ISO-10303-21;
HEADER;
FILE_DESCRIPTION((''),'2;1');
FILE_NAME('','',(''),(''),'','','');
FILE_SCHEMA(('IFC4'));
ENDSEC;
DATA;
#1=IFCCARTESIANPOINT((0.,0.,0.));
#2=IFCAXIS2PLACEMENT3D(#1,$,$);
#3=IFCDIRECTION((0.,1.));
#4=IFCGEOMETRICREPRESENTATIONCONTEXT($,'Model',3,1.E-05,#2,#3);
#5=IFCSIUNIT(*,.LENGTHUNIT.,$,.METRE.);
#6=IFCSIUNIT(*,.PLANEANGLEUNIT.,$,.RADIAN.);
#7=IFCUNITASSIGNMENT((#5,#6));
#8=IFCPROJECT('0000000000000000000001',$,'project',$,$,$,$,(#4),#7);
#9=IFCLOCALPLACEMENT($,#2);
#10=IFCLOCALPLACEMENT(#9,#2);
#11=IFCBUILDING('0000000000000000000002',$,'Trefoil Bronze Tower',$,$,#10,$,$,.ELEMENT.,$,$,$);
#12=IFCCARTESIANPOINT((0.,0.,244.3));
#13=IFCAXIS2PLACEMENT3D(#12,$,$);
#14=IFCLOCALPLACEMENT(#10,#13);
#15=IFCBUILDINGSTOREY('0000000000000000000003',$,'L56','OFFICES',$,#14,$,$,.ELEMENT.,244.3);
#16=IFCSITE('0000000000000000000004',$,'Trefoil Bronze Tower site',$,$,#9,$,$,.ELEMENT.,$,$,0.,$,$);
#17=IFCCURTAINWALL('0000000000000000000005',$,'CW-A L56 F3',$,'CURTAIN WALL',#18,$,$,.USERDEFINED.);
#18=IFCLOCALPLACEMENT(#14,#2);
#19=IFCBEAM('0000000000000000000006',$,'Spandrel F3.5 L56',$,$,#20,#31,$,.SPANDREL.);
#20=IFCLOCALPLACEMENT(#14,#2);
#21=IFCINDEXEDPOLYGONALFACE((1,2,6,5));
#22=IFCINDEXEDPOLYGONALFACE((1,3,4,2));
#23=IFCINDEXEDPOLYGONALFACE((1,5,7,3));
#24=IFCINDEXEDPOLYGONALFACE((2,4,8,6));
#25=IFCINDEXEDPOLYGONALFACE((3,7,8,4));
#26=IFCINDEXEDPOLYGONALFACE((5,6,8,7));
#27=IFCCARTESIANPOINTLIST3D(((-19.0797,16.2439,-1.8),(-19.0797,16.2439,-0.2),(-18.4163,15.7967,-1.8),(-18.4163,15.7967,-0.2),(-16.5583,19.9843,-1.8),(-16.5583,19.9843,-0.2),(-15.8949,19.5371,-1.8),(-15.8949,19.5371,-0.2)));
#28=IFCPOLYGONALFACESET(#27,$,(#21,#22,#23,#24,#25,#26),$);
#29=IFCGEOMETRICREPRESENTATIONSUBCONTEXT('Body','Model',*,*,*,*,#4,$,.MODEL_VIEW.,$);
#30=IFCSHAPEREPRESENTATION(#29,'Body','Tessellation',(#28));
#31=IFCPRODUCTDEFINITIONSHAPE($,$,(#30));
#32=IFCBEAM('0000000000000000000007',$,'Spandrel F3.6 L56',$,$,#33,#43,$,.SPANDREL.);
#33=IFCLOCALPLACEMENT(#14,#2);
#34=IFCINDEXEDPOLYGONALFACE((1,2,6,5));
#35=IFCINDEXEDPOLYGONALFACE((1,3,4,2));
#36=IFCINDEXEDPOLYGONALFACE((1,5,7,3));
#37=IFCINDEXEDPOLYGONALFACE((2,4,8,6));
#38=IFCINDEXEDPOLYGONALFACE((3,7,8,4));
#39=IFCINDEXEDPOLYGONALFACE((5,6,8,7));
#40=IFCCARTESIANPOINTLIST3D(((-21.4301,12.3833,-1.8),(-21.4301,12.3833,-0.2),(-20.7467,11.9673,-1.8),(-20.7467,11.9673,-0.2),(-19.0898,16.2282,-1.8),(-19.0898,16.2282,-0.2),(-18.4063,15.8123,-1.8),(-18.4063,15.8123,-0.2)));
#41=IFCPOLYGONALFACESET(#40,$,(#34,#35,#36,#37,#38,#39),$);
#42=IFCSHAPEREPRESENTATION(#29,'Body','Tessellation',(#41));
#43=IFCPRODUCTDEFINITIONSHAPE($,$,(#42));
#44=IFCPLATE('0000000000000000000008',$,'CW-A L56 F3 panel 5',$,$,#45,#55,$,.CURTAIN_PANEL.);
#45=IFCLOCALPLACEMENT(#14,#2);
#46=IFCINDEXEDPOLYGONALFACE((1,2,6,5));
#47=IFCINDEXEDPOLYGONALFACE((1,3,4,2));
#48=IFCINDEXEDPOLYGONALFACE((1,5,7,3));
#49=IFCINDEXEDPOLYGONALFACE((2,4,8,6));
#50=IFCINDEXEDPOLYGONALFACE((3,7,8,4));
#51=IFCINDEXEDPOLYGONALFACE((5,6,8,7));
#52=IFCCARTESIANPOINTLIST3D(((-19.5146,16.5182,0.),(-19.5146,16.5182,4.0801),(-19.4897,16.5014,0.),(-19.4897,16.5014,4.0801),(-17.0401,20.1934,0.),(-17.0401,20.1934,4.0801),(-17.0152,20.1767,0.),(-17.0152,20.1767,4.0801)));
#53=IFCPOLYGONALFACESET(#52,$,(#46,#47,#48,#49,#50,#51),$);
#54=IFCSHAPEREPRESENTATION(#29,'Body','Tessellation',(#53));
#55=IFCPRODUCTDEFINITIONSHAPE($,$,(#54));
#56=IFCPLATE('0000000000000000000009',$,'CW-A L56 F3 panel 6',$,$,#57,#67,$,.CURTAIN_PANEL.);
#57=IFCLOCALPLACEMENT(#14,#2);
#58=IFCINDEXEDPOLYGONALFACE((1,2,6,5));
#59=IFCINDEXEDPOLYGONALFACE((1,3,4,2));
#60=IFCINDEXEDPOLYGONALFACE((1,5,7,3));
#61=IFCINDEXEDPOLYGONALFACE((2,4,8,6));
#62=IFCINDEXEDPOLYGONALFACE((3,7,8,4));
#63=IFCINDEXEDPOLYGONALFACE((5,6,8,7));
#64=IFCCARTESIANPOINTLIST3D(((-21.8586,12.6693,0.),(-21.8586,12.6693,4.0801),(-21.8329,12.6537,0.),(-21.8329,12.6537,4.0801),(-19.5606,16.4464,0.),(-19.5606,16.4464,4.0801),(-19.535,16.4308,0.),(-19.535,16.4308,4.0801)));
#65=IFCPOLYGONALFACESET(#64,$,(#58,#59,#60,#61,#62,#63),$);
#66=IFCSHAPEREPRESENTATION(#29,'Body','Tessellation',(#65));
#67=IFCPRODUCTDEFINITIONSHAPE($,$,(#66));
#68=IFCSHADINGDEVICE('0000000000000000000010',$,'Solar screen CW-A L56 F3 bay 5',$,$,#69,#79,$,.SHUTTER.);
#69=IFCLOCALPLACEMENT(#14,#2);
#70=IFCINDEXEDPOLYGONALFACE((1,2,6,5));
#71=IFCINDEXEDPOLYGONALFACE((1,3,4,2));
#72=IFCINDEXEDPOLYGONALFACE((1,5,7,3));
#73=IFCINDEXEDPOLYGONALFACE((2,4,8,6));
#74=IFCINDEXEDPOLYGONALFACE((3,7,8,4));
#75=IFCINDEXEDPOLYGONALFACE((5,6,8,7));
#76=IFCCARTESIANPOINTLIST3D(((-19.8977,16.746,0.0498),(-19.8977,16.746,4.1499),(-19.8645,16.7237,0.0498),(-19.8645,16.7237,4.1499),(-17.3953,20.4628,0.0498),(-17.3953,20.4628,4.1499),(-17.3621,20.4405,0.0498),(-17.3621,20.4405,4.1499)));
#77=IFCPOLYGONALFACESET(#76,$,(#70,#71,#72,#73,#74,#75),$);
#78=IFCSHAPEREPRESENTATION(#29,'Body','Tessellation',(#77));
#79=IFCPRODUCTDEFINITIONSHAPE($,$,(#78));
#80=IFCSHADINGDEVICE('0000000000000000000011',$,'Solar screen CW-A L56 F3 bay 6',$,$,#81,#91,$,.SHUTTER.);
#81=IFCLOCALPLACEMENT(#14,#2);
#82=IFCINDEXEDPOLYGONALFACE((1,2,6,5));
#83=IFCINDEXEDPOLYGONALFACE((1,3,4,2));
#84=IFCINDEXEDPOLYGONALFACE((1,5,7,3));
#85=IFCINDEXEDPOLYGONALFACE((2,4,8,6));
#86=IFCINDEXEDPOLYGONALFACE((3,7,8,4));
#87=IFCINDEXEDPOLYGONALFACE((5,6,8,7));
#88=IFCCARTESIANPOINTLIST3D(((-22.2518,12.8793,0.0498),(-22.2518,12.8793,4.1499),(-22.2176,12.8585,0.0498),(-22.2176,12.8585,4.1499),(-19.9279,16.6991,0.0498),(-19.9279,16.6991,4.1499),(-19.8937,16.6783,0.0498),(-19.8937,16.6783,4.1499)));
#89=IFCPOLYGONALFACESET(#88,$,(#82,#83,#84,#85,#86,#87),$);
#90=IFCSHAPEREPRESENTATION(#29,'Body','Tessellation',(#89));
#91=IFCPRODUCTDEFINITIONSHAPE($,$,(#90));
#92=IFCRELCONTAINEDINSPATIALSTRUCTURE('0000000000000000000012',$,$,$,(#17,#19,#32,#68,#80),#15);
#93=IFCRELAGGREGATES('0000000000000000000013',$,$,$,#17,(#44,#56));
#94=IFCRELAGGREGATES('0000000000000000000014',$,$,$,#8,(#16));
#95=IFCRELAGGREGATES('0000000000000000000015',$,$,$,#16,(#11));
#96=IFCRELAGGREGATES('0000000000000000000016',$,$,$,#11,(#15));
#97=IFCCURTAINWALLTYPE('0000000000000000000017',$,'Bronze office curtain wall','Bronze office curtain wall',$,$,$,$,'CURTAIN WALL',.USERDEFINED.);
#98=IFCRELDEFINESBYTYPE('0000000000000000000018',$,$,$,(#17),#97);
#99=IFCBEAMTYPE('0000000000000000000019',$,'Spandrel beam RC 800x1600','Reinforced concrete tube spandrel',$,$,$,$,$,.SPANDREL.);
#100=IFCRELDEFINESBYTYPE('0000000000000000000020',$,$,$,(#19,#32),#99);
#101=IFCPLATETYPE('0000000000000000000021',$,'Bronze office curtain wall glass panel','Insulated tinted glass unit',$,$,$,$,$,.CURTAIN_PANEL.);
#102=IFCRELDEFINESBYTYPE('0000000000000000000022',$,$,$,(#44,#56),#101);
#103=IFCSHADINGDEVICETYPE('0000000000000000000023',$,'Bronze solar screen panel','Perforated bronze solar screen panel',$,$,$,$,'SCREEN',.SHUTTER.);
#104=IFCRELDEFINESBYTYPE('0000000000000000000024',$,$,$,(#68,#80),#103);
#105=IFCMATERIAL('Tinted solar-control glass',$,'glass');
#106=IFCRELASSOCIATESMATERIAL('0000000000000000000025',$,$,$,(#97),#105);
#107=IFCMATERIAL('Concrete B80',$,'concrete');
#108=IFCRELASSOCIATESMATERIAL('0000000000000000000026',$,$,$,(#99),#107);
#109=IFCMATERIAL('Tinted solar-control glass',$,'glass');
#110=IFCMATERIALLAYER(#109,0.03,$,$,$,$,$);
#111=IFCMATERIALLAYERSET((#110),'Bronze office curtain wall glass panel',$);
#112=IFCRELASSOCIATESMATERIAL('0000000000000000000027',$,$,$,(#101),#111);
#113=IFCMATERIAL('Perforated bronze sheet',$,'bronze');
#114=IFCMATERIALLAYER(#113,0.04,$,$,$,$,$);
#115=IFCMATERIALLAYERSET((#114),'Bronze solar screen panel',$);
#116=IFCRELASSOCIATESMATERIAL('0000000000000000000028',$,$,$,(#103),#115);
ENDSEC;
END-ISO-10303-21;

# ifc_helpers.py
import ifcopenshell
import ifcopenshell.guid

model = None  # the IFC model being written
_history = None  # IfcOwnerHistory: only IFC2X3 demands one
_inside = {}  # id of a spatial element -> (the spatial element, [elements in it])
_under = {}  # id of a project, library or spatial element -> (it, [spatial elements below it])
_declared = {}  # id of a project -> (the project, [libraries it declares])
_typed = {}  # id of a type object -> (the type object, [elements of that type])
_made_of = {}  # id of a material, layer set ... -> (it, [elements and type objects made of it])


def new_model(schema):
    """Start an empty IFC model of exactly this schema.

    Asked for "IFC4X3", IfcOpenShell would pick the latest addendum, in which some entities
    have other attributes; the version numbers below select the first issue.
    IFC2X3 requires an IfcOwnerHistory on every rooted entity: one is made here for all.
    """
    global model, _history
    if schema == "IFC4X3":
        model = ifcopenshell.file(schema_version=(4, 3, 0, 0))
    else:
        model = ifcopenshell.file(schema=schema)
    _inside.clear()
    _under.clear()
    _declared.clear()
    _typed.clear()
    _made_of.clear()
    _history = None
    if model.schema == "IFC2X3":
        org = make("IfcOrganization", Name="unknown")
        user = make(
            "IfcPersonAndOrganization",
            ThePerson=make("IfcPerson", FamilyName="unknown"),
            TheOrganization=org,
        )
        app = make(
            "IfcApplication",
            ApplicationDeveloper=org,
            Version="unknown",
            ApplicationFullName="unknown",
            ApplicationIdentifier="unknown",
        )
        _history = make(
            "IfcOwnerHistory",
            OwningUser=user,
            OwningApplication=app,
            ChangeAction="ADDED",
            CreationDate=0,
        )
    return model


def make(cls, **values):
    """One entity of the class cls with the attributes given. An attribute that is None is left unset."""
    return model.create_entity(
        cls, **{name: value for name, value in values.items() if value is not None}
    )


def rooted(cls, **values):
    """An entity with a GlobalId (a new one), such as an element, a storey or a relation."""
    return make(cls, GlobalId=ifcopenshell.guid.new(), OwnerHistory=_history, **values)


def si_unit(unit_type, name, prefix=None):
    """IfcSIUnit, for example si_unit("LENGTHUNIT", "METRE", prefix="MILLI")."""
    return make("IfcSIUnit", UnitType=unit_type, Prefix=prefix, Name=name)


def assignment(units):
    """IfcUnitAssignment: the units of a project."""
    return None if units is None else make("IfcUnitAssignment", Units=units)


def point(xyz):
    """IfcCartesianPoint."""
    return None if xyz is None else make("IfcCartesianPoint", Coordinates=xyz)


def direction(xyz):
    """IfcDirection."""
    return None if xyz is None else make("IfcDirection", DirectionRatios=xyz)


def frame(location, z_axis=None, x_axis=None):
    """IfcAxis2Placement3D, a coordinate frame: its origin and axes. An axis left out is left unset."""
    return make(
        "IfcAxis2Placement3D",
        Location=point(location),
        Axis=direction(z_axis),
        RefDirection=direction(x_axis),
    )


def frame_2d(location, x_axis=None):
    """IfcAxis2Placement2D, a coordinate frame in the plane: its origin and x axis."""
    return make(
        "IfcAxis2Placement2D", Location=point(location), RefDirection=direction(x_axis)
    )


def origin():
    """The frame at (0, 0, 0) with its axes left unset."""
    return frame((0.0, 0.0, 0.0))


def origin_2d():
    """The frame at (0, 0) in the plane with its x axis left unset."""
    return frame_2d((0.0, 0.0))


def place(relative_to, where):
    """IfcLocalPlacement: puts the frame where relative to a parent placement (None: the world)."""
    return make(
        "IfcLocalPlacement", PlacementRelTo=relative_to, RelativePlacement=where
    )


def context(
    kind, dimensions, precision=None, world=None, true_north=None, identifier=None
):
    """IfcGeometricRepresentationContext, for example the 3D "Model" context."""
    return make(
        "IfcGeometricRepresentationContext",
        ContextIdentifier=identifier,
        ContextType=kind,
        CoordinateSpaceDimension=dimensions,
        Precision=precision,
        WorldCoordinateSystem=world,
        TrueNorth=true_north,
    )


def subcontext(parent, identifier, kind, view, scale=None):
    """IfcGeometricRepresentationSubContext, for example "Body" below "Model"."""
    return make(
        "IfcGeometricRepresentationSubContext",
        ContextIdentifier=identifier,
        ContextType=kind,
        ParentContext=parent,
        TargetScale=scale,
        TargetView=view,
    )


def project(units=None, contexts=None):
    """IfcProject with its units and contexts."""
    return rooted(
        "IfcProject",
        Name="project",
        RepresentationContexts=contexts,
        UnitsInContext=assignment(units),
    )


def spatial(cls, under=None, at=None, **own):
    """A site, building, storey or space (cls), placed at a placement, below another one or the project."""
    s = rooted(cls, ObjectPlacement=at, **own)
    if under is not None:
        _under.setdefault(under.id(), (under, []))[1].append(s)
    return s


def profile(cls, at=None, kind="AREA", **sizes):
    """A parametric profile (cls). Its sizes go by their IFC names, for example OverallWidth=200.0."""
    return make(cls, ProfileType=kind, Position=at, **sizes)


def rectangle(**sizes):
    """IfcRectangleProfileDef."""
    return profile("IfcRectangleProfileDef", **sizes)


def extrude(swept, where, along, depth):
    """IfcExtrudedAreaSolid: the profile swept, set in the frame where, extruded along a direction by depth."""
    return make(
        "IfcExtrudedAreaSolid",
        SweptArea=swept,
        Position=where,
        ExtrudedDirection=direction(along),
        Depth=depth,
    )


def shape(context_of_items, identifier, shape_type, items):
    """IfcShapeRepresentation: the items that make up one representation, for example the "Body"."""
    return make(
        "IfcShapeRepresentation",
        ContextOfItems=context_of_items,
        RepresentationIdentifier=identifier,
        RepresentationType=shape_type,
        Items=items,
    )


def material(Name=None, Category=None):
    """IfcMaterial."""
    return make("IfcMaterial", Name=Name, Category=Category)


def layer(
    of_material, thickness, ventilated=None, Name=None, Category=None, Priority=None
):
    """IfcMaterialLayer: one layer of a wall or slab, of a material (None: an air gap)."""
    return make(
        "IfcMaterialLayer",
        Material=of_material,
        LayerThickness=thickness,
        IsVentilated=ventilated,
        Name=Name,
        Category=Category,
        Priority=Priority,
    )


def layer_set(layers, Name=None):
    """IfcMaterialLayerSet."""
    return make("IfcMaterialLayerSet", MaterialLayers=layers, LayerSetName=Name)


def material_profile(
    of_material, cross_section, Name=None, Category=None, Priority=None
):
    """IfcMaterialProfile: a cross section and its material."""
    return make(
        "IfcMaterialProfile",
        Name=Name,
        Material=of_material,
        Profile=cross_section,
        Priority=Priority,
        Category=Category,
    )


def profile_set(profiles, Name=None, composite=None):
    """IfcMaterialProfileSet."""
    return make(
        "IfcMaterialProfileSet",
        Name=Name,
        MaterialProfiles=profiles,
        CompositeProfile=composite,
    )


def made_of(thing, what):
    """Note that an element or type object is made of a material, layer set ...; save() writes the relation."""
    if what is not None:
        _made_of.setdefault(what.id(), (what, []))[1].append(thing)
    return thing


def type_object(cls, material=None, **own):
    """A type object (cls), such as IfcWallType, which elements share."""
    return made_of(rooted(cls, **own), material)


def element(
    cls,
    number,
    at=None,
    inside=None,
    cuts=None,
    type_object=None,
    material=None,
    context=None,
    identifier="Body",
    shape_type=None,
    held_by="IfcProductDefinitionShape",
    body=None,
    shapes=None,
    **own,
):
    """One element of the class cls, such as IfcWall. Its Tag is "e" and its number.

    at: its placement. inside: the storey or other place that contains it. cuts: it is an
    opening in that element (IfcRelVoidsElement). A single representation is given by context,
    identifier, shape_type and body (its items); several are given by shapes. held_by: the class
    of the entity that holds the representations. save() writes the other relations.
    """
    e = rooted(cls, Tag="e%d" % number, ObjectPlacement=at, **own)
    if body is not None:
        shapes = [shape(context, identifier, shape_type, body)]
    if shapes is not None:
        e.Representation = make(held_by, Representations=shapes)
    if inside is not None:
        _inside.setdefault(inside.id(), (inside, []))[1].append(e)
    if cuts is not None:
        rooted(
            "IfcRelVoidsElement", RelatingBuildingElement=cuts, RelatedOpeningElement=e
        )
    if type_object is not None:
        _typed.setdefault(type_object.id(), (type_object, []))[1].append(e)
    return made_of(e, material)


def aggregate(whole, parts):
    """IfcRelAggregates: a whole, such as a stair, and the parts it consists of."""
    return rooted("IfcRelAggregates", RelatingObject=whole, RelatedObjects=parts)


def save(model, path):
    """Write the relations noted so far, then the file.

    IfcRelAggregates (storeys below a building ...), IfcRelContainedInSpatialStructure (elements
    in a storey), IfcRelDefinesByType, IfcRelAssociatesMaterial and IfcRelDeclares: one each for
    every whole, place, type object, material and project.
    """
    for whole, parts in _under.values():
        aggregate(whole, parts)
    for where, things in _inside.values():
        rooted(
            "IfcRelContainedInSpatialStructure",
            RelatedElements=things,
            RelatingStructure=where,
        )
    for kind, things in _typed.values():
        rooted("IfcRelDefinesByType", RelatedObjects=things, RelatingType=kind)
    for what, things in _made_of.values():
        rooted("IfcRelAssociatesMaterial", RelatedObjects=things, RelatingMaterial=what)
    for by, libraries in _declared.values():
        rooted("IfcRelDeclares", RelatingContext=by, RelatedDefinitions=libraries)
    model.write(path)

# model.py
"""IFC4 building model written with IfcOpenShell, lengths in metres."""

from ifc_helpers import new_model, si_unit, direction, frame, origin, origin_2d, place, context, subcontext, project, spatial, rectangle, extrude, material, layer, layer_set, material_profile, profile_set, type_object, element, aggregate, save


model = new_model("IFC4")

# Units and contexts
model_context = context("Model", 3, precision=1e-05, world=origin(), true_north=direction((0.0, 1.0)))
body_context = subcontext(model_context, "Body", "Model", "MODEL_VIEW")
ifc_project = project(units=[si_unit("LENGTHUNIT", "METRE"), si_unit("PLANEANGLEUNIT", "RADIAN")], contexts=[model_context])

# Site, building, storey
site_placement = place(None, origin())
site = spatial("IfcSite", under=ifc_project, at=site_placement, Name="Trefoil Bronze Tower site", CompositionType="ELEMENT", RefElevation=0.0)
building_placement = place(site_placement, origin())
building = spatial("IfcBuilding", under=site, at=building_placement, Name="Trefoil Bronze Tower", CompositionType="ELEMENT")
storey_placement = place(building_placement, frame((0.0, 0.0, 244.3)))
storey = spatial("IfcBuildingStorey", under=building, at=storey_placement, Name="L56", Description="OFFICES", CompositionType="ELEMENT", Elevation=244.3)

# Curtain wall
ifc_material_1 = material(Name="Tinted solar-control glass", Category="glass")
curtain_wall_type = type_object("IfcCurtainWallType", Name="Bronze office curtain wall", Description="Bronze office curtain wall", ElementType="CURTAIN WALL", PredefinedType="USERDEFINED", material=ifc_material_1)
curtain_wall_placement = place(storey_placement, origin())
curtain_wall = element("IfcCurtainWall", 1, at=curtain_wall_placement, inside=storey, type_object=curtain_wall_type, Name="CW-A L56 F3", ObjectType="CURTAIN WALL", PredefinedType="USERDEFINED")

# Beams
ifc_material_2 = material(Name="Concrete B80", Category="concrete")
ifc_material_profile_1 = material_profile(ifc_material_2, rectangle(XDim=0.8, YDim=1.6001, at=origin_2d()), Name="RC 800x1600")
ifc_profile_set_1 = profile_set([ifc_material_profile_1], Name="Concrete B80")
beam_type_1 = type_object("IfcBeamType", Name="Spandrel beam RC 800x1600", Description="Reinforced concrete tube spandrel", PredefinedType="SPANDREL", material=ifc_profile_set_1)
beam_1_placement = place(storey_placement, frame((-16.2266, 19.7607, -1.0), z_axis=(-0.558964, -0.829192, 0.0), x_axis=(0.829192, -0.558964, 0.0)))
element("IfcBeam", 2, at=beam_1_placement, inside=storey, type_object=beam_type_1, Name="Spandrel F3.5 L56", PredefinedType="SPANDREL", context=body_context, shape_type="SweptSolid", body=[
    extrude(rectangle(XDim=0.8, YDim=1.6001, at=origin_2d()), origin(), (0.0, 0.0, 1.0), 4.511),
])
beam_2_placement = place(storey_placement, frame((-18.748, 16.0203, -1.0), z_axis=(-0.519933, -0.854207, 0.0), x_axis=(0.854207, -0.519933, 0.0)))
element("IfcBeam", 3, at=beam_2_placement, inside=storey, type_object=beam_type_1, Name="Spandrel F3.6 L56", PredefinedType="SPANDREL", context=body_context, shape_type="SweptSolid", body=[
    extrude(rectangle(XDim=0.8, YDim=1.6001, at=origin_2d()), origin(), (0.0, 0.0, 1.0), 4.5012),
])

# Plates
ifc_material_3 = material(Name="Tinted solar-control glass", Category="glass")
ifc_layer_1 = layer(ifc_material_3, 0.03)
ifc_layer_set_1 = layer_set([ifc_layer_1], Name="Bronze office curtain wall glass panel")
plate_type = type_object("IfcPlateType", Name="Bronze office curtain wall glass panel", Description="Insulated tinted glass unit", PredefinedType="CURTAIN_PANEL", material=ifc_layer_set_1)
plate_1_placement = place(storey_placement, frame((-18.2649, 18.3474, 0.0), z_axis=(0.0, 0.0, 1.0), x_axis=(-0.558493, -0.829509, 0.0)))
plate_1 = element("IfcPlate", 4, at=plate_1_placement, type_object=plate_type, Name="CW-A L56 F3 panel 5", PredefinedType="CURTAIN_PANEL", context=body_context, shape_type="SweptSolid", body=[
    extrude(rectangle(XDim=4.4307, YDim=0.03, at=origin_2d()), origin(), (0.0, 0.0, 1.0), 4.0801),
])
plate_2_placement = place(storey_placement, frame((-20.6968, 14.55, 0.0), z_axis=(0.0, 0.0, 1.0), x_axis=(-0.519762, -0.854311, 0.0)))
plate_2 = element("IfcPlate", 5, at=plate_2_placement, type_object=plate_type, Name="CW-A L56 F3 panel 6", PredefinedType="CURTAIN_PANEL", context=body_context, shape_type="SweptSolid", body=[
    extrude(rectangle(XDim=4.4211, YDim=0.03, at=origin_2d()), origin(), (0.0, 0.0, 1.0), 4.0801),
])
aggregate(curtain_wall, [plate_1, plate_2])

# Shading devices
ifc_material_4 = material(Name="Perforated bronze sheet", Category="bronze")
ifc_layer_2 = layer(ifc_material_4, 0.04)
ifc_layer_set_2 = layer_set([ifc_layer_2], Name="Bronze solar screen panel")
shading_device_type = type_object("IfcShadingDeviceType", Name="Bronze solar screen panel", Description="Perforated bronze solar screen panel", ElementType="SCREEN", PredefinedType="SHUTTER", material=ifc_layer_set_2)
shading_device_1_placement = place(storey_placement, frame((-18.6299, 18.5933, 0.0498), z_axis=(0.0, 0.0, 1.0), x_axis=(-0.558493, -0.829509, 0.0)))
element("IfcShadingDevice", 6, at=shading_device_1_placement, inside=storey, type_object=shading_device_type, Name="Solar screen CW-A L56 F3 bay 5", PredefinedType="SHUTTER", context=body_context, shape_type="SweptSolid", body=[
    extrude(rectangle(XDim=4.4807, YDim=0.04, at=origin_2d()), origin(), (0.0, 0.0, 1.0), 4.1001),
])
shading_device_2_placement = place(storey_placement, frame((-21.0728, 14.7788, 0.0498), z_axis=(0.0, 0.0, 1.0), x_axis=(-0.519762, -0.854311, 0.0)))
element("IfcShadingDevice", 7, at=shading_device_2_placement, inside=storey, type_object=shading_device_type, Name="Solar screen CW-A L56 F3 bay 6", PredefinedType="SHUTTER", context=body_context, shape_type="SweptSolid", body=[
    extrude(rectangle(XDim=4.4712, YDim=0.04, at=origin_2d()), origin(), (0.0, 0.0, 1.0), 4.1001),
])

save(model, "model.ifc")
